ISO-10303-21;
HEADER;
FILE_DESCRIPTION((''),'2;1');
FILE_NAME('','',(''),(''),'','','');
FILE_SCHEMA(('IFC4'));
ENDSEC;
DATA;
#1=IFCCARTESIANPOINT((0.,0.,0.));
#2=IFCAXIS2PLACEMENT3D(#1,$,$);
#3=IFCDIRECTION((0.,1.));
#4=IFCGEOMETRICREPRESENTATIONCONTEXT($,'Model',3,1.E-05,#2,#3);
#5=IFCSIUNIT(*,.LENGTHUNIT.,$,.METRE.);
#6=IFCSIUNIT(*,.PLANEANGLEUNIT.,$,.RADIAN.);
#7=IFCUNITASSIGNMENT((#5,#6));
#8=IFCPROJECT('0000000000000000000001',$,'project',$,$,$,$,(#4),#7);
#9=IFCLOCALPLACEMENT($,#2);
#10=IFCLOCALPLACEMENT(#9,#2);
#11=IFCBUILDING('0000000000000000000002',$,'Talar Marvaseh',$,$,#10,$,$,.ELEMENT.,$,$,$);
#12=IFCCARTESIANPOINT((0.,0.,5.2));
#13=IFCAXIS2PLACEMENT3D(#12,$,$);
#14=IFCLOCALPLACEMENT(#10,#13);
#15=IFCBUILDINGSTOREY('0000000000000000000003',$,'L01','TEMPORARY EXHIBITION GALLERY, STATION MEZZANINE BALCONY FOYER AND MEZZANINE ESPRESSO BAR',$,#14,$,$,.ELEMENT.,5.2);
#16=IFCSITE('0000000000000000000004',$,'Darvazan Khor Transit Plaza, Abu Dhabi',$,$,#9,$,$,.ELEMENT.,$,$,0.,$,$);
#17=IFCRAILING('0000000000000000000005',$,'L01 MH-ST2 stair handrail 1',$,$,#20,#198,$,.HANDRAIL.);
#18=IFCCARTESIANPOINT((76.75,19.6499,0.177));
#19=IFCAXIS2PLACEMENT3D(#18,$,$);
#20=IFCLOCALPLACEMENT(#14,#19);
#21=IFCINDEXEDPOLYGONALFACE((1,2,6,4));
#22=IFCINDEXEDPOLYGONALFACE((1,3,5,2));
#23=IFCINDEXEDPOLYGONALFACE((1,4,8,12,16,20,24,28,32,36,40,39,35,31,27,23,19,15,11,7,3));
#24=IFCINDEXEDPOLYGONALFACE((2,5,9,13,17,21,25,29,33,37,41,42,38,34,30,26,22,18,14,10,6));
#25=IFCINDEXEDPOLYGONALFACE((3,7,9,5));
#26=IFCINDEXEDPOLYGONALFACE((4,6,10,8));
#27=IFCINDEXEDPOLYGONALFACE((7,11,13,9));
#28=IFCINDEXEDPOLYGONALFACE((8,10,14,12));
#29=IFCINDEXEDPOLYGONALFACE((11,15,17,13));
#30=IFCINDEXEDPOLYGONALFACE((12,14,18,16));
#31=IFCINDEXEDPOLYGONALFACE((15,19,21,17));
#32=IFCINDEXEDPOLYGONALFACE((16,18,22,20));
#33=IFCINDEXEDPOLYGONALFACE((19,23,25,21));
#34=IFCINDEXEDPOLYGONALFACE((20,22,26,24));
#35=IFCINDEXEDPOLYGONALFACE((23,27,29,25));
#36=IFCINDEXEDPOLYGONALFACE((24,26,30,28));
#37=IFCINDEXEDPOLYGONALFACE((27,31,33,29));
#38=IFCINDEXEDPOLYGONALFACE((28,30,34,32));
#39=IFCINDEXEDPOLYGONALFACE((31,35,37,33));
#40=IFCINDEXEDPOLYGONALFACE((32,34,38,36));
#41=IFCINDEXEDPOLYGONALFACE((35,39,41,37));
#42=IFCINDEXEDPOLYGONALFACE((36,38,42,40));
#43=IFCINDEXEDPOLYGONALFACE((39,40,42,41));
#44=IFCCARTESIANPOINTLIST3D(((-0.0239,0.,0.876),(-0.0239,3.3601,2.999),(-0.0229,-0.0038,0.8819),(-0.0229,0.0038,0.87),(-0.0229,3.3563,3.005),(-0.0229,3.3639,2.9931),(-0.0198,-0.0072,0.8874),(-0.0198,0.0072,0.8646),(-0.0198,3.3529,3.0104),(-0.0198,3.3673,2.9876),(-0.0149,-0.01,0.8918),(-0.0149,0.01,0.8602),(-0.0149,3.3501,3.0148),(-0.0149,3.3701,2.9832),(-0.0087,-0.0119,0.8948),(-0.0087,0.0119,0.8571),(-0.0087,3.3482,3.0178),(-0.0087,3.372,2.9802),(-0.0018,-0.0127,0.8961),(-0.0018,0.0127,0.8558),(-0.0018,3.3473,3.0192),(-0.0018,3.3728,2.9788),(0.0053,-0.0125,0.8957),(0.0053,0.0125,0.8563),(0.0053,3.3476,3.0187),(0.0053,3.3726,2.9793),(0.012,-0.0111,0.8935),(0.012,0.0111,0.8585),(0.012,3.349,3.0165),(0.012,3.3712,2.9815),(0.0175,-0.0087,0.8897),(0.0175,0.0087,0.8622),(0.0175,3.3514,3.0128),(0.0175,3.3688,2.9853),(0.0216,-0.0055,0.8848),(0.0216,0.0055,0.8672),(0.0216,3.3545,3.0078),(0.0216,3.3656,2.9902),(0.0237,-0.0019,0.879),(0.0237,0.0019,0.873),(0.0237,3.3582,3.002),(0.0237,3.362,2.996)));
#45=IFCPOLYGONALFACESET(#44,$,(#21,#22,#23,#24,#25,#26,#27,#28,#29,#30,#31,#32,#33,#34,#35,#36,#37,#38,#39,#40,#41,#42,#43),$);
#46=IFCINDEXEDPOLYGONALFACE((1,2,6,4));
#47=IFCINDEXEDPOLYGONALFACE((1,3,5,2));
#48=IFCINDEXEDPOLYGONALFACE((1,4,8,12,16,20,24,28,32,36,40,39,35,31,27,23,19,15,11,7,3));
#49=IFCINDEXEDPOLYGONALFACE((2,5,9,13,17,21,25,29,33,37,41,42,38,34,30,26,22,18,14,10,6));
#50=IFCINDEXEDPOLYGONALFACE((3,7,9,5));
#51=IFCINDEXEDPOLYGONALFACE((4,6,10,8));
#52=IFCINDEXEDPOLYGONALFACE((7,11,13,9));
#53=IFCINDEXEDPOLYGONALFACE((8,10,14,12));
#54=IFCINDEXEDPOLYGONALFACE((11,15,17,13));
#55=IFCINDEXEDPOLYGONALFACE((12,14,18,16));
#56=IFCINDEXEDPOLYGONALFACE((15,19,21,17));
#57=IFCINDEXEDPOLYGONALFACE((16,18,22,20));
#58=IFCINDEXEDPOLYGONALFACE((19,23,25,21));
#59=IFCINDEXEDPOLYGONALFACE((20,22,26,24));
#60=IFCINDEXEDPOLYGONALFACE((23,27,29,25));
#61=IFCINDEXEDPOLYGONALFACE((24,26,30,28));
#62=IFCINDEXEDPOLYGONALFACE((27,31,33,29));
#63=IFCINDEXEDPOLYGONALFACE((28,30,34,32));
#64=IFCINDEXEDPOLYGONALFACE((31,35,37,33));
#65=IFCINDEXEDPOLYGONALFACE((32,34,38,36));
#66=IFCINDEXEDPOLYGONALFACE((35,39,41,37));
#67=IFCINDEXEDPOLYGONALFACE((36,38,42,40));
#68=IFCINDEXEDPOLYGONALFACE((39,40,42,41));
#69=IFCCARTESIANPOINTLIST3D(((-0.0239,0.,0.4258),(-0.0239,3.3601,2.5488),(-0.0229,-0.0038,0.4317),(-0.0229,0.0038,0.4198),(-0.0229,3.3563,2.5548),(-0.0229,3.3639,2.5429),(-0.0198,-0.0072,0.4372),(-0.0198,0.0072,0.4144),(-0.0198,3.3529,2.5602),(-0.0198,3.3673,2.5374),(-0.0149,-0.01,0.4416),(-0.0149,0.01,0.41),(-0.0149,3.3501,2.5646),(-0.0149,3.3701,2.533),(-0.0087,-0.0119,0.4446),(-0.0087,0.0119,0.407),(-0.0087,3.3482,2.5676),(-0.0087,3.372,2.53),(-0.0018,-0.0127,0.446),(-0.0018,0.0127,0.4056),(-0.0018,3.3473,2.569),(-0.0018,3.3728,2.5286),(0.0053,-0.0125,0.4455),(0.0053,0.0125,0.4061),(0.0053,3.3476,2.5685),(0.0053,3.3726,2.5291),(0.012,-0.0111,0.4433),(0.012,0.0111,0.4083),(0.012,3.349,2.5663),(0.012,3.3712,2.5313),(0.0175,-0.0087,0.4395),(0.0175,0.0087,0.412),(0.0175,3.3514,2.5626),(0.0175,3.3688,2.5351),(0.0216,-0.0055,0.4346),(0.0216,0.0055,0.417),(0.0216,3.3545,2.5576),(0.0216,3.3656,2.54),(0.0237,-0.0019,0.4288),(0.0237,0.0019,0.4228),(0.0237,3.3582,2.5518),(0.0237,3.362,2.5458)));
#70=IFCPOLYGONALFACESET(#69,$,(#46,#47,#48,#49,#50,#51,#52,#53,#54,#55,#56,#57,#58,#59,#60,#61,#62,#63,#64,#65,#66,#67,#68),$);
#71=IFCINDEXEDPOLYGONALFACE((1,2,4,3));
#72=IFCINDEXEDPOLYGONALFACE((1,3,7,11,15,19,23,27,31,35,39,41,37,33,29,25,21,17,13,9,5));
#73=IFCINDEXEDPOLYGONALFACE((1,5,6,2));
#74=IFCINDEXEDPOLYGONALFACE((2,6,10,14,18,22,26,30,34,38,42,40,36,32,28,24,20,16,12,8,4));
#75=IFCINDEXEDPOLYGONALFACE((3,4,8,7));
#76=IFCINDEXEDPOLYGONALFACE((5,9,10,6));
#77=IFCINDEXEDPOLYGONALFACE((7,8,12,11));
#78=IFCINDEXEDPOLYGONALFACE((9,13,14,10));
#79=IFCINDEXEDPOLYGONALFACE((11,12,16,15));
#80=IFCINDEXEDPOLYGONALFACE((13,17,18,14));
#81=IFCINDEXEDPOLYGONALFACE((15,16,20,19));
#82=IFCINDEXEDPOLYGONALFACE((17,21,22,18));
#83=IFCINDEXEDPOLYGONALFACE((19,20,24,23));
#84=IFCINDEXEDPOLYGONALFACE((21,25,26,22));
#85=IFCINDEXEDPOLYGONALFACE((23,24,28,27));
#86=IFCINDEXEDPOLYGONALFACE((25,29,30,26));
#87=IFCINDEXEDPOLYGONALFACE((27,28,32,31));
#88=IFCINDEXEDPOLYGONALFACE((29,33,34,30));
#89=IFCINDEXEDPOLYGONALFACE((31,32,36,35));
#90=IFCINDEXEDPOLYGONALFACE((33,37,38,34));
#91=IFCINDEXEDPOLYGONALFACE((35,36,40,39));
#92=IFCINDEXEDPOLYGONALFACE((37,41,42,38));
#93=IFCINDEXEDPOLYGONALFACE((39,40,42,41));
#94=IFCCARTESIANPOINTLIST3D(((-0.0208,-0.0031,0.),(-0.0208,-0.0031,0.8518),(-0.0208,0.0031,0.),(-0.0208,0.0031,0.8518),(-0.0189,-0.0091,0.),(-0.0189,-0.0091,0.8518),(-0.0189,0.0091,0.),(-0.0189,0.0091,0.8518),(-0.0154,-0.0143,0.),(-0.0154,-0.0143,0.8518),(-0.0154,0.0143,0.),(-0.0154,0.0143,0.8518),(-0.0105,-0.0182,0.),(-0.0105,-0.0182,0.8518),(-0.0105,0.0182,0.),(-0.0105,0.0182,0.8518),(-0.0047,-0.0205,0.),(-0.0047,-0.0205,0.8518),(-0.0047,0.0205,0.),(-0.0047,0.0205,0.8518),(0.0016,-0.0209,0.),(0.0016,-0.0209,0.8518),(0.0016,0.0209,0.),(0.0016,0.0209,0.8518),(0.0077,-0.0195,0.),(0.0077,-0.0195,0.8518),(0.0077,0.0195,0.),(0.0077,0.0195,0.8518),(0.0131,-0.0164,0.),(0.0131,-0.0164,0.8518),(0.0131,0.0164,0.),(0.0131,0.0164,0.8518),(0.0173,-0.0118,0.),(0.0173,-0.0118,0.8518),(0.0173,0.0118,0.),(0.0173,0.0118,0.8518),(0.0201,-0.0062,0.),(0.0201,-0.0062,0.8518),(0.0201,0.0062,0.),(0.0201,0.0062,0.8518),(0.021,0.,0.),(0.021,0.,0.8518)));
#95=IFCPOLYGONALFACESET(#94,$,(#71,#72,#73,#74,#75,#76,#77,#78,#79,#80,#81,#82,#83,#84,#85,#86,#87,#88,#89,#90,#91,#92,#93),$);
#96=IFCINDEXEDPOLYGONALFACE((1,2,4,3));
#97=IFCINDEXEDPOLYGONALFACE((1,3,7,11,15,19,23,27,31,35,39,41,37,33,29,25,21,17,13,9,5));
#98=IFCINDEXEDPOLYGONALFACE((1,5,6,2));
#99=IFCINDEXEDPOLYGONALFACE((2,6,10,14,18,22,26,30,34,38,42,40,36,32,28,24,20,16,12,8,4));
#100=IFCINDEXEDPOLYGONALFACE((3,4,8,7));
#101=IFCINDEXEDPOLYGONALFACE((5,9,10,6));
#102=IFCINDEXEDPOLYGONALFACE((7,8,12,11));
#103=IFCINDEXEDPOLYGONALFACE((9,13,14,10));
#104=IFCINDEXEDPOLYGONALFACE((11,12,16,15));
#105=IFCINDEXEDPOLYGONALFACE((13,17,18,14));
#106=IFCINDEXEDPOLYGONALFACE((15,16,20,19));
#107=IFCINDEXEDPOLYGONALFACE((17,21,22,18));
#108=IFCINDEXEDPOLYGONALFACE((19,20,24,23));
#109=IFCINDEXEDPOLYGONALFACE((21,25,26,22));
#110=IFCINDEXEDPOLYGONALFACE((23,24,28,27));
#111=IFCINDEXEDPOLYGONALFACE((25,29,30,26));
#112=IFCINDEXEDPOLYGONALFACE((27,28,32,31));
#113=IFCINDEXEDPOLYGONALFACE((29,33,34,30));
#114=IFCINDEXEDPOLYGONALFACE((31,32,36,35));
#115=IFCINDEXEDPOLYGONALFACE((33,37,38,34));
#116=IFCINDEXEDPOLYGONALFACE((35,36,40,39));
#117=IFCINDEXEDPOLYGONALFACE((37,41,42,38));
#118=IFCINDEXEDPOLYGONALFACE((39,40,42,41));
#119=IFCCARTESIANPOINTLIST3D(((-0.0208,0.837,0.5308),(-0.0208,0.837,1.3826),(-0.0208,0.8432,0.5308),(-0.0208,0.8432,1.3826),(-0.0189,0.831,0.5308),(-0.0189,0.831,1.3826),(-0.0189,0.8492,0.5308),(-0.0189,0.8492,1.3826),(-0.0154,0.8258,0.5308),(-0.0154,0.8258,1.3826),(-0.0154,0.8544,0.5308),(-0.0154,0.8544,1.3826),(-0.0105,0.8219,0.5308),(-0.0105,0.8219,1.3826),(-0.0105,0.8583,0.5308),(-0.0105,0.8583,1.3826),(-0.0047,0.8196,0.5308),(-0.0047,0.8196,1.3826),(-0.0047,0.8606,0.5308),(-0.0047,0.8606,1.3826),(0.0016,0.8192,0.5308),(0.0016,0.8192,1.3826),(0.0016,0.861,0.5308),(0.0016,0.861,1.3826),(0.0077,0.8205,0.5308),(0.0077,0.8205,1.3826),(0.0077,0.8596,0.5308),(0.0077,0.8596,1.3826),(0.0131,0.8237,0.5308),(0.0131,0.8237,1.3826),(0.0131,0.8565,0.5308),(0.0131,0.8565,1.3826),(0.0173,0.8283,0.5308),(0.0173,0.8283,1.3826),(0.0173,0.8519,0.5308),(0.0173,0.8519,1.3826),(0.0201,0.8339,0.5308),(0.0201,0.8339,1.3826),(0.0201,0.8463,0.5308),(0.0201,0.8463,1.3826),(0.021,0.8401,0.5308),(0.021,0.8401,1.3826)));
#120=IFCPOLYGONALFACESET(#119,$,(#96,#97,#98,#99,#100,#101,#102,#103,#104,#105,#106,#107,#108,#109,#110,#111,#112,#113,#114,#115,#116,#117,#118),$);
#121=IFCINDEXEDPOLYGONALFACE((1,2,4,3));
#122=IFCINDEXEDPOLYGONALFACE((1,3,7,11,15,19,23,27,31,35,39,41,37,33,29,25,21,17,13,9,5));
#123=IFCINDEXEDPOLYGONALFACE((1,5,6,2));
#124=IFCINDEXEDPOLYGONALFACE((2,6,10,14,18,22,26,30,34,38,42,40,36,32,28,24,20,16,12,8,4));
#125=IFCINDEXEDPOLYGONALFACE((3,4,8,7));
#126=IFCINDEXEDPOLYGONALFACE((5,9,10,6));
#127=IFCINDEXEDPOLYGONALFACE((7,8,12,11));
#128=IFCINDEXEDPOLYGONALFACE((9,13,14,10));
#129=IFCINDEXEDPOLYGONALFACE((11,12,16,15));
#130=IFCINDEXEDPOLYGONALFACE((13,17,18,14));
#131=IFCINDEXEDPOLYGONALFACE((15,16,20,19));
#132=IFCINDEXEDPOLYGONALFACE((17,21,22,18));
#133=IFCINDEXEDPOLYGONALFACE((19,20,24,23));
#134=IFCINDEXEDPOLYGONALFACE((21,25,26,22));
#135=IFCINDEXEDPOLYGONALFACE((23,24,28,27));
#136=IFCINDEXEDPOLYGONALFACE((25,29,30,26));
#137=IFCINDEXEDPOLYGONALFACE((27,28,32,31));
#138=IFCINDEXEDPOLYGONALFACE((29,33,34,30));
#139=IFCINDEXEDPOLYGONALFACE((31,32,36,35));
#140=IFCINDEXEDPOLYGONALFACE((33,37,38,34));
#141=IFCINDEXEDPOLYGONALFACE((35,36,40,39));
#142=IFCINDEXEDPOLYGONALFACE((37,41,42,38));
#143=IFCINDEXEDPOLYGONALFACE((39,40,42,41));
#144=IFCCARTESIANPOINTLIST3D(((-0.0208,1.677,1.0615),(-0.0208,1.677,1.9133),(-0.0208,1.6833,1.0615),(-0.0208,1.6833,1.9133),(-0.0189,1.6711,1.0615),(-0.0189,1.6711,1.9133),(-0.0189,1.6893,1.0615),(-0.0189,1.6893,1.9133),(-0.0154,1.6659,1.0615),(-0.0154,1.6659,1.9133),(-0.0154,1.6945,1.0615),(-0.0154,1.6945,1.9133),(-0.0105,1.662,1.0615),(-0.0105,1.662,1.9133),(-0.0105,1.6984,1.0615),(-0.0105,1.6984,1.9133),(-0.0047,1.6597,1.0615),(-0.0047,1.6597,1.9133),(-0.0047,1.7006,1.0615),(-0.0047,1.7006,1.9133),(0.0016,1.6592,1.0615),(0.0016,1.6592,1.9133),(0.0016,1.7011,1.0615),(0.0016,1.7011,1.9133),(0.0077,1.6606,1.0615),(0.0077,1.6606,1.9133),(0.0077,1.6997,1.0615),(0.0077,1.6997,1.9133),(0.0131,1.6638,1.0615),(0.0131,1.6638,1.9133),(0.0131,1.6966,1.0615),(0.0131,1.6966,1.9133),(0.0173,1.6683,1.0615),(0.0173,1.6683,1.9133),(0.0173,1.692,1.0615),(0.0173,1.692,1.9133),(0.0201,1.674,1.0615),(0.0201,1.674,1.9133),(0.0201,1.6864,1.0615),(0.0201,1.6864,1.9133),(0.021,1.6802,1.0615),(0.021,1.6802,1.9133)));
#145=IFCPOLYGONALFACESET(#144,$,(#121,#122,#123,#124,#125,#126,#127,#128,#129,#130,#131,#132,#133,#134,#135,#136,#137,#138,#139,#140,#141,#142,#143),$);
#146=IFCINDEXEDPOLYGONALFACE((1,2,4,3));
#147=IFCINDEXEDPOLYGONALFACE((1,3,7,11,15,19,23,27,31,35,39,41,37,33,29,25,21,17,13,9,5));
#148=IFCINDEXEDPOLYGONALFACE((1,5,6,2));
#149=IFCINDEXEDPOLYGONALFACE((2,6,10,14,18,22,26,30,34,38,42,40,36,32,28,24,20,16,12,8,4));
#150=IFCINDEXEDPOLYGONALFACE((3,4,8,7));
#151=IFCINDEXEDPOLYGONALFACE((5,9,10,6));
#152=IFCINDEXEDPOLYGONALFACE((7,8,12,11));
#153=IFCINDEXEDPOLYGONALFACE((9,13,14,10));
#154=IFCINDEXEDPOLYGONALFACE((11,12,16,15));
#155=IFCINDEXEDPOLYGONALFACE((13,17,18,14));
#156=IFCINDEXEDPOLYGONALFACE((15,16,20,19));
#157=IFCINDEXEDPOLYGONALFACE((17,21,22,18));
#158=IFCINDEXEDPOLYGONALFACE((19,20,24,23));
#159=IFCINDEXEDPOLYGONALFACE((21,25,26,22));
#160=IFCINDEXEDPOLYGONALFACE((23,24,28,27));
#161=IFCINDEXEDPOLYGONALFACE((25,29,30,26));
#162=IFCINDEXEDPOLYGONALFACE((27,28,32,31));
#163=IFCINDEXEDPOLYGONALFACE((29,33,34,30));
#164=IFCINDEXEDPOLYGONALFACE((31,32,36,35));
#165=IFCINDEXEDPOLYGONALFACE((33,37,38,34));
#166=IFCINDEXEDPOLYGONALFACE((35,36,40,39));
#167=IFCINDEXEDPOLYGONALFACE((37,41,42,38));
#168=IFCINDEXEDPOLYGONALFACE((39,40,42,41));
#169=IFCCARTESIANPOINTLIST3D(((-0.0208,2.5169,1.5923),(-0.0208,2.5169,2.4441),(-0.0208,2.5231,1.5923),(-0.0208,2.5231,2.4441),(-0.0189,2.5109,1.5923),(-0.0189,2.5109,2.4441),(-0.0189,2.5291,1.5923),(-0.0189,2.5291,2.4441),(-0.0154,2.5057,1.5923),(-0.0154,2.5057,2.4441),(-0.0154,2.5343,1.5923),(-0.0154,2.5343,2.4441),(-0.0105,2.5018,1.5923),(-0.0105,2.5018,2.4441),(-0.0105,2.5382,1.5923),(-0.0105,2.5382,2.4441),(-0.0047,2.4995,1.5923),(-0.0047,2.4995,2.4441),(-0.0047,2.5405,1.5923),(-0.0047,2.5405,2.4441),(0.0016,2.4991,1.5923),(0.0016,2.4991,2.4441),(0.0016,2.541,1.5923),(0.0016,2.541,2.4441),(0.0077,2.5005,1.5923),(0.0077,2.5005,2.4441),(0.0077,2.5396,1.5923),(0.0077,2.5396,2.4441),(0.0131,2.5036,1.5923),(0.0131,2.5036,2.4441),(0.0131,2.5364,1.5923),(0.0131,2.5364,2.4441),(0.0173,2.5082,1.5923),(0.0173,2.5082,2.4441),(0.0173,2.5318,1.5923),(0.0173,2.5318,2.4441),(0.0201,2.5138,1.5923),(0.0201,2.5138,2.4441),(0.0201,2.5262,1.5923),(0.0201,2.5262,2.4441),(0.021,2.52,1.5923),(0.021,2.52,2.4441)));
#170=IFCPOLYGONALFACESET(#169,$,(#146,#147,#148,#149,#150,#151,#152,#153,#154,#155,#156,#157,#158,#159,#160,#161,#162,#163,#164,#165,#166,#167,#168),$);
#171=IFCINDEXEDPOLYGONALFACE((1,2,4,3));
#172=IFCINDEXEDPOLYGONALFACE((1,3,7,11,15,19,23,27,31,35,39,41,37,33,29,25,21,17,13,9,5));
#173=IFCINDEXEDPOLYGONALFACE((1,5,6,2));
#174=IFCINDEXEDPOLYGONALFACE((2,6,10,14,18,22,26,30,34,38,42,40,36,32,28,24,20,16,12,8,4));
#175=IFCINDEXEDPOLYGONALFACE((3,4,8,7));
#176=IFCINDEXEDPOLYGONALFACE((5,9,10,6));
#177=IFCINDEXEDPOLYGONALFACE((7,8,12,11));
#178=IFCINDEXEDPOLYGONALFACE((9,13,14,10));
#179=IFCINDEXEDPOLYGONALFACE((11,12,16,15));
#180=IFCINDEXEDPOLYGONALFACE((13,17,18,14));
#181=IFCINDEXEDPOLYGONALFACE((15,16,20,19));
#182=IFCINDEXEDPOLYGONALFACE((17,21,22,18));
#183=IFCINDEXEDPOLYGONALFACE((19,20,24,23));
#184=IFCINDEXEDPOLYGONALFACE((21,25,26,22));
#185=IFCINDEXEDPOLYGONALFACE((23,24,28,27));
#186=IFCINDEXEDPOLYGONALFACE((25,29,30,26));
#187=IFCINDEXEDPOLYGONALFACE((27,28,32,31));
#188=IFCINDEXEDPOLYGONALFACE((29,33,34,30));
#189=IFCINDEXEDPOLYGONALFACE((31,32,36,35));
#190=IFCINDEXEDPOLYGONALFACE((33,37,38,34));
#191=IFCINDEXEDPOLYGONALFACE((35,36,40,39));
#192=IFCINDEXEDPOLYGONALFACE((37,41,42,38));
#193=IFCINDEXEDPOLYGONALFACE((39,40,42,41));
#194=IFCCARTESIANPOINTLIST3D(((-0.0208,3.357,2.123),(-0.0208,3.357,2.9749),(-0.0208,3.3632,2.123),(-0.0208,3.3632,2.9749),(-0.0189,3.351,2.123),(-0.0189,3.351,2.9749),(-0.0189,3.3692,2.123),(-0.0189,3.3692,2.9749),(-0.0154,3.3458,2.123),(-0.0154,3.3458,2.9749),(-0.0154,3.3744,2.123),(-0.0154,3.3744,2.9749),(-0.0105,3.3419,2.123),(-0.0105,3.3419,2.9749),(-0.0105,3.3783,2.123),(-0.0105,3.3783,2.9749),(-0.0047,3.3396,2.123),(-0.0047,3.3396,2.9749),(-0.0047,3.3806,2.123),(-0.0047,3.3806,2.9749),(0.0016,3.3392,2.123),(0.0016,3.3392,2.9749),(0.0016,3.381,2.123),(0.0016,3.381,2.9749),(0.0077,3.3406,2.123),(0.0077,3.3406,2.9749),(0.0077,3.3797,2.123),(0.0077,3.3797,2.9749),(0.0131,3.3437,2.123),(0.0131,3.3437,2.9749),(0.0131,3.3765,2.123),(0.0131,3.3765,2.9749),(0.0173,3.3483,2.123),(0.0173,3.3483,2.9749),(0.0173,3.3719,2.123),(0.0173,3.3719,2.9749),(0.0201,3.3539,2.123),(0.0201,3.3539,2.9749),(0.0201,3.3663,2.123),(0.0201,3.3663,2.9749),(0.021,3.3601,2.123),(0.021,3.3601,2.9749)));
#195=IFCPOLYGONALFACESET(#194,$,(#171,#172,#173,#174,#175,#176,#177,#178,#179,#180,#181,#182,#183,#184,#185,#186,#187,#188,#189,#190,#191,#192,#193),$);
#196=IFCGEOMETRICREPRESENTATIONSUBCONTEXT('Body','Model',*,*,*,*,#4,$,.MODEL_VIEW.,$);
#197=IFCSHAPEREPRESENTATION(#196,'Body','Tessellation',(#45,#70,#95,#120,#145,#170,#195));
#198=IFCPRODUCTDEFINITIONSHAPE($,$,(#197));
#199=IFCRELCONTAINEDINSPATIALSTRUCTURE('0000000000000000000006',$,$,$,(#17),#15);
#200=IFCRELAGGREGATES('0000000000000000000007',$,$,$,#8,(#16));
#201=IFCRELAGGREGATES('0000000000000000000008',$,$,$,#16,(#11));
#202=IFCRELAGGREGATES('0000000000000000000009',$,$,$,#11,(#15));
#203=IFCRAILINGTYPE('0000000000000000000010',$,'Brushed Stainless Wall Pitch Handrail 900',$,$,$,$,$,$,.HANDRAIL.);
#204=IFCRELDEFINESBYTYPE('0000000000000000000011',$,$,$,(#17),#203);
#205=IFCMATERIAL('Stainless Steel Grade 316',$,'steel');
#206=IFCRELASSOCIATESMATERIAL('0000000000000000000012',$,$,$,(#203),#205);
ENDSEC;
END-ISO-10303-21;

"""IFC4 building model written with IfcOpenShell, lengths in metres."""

from ifc_helpers import new_model, si_unit, direction, frame, origin, origin_2d, place, context, subcontext, project, spatial, circle, extrude, material, type_object, element, save


model = new_model("IFC4")

# Units and contexts
model_context = context("Model", 3, precision=1e-05, world=origin(), true_north=direction((0.0, 1.0)))
body_context = subcontext(model_context, "Body", "Model", "MODEL_VIEW")
ifc_project = project(units=[si_unit("LENGTHUNIT", "METRE"), si_unit("PLANEANGLEUNIT", "RADIAN")], contexts=[model_context])

# Site, building, storey
site_placement = place(None, origin())
site = spatial("IfcSite", under=ifc_project, at=site_placement, Name="Darvazan Khor Transit Plaza, Abu Dhabi", CompositionType="ELEMENT", RefElevation=0.0)
building_placement = place(site_placement, origin())
building = spatial("IfcBuilding", under=site, at=building_placement, Name="Talar Marvaseh", CompositionType="ELEMENT")
storey_placement = place(building_placement, frame((0.0, 0.0, 5.2)))
storey = spatial("IfcBuildingStorey", under=building, at=storey_placement, Name="L01", Description="TEMPORARY EXHIBITION GALLERY, STATION MEZZANINE BALCONY FOYER AND MEZZANINE ESPRESSO BAR", CompositionType="ELEMENT", Elevation=5.2)

# Railing
ifc_material_1 = material(Name="Stainless Steel Grade 316", Category="steel")
railing_type_1 = type_object("IfcRailingType", Name="Brushed Stainless Wall Pitch Handrail 900", PredefinedType="HANDRAIL", material=ifc_material_1)
railing_1_placement = place(storey_placement, frame((76.75, 19.6499, 0.177)))
element("IfcRailing", 1, at=railing_1_placement, inside=storey, type_object=railing_type_1, Name="L01 MH-ST2 stair handrail 1", PredefinedType="HANDRAIL", context=body_context, shape_type="SweptSolid", body=[
    extrude(circle(Radius=0.0239, at=origin_2d()), frame((0.0, 0.0, 0.876), z_axis=(0.0, 0.84539, 0.53415), x_axis=(-1.0, 0.0, 0.0)), (0.0, 0.0, 1.0), 3.9746),
    extrude(circle(Radius=0.0239, at=origin_2d()), frame((0.0, 0.0, 0.4258), z_axis=(0.0, 0.84539, 0.53415), x_axis=(-1.0, 0.0, 0.0)), (0.0, 0.0, 1.0), 3.9746),
    extrude(circle(Radius=0.021, at=origin_2d()), origin(), (0.0, 0.0, 1.0), 0.8518),
    extrude(circle(Radius=0.021, at=origin_2d()), frame((0.0, 0.8401, 0.5308)), (0.0, 0.0, 1.0), 0.8518),
    extrude(circle(Radius=0.021, at=origin_2d()), frame((0.0, 1.6802, 1.0615)), (0.0, 0.0, 1.0), 0.8518),
    extrude(circle(Radius=0.021, at=origin_2d()), frame((0.0, 2.52, 1.5923)), (0.0, 0.0, 1.0), 0.8518),
    extrude(circle(Radius=0.021, at=origin_2d()), frame((0.0, 3.3601, 2.123)), (0.0, 0.0, 1.0), 0.8518),
])

save(model, "model.ifc")
